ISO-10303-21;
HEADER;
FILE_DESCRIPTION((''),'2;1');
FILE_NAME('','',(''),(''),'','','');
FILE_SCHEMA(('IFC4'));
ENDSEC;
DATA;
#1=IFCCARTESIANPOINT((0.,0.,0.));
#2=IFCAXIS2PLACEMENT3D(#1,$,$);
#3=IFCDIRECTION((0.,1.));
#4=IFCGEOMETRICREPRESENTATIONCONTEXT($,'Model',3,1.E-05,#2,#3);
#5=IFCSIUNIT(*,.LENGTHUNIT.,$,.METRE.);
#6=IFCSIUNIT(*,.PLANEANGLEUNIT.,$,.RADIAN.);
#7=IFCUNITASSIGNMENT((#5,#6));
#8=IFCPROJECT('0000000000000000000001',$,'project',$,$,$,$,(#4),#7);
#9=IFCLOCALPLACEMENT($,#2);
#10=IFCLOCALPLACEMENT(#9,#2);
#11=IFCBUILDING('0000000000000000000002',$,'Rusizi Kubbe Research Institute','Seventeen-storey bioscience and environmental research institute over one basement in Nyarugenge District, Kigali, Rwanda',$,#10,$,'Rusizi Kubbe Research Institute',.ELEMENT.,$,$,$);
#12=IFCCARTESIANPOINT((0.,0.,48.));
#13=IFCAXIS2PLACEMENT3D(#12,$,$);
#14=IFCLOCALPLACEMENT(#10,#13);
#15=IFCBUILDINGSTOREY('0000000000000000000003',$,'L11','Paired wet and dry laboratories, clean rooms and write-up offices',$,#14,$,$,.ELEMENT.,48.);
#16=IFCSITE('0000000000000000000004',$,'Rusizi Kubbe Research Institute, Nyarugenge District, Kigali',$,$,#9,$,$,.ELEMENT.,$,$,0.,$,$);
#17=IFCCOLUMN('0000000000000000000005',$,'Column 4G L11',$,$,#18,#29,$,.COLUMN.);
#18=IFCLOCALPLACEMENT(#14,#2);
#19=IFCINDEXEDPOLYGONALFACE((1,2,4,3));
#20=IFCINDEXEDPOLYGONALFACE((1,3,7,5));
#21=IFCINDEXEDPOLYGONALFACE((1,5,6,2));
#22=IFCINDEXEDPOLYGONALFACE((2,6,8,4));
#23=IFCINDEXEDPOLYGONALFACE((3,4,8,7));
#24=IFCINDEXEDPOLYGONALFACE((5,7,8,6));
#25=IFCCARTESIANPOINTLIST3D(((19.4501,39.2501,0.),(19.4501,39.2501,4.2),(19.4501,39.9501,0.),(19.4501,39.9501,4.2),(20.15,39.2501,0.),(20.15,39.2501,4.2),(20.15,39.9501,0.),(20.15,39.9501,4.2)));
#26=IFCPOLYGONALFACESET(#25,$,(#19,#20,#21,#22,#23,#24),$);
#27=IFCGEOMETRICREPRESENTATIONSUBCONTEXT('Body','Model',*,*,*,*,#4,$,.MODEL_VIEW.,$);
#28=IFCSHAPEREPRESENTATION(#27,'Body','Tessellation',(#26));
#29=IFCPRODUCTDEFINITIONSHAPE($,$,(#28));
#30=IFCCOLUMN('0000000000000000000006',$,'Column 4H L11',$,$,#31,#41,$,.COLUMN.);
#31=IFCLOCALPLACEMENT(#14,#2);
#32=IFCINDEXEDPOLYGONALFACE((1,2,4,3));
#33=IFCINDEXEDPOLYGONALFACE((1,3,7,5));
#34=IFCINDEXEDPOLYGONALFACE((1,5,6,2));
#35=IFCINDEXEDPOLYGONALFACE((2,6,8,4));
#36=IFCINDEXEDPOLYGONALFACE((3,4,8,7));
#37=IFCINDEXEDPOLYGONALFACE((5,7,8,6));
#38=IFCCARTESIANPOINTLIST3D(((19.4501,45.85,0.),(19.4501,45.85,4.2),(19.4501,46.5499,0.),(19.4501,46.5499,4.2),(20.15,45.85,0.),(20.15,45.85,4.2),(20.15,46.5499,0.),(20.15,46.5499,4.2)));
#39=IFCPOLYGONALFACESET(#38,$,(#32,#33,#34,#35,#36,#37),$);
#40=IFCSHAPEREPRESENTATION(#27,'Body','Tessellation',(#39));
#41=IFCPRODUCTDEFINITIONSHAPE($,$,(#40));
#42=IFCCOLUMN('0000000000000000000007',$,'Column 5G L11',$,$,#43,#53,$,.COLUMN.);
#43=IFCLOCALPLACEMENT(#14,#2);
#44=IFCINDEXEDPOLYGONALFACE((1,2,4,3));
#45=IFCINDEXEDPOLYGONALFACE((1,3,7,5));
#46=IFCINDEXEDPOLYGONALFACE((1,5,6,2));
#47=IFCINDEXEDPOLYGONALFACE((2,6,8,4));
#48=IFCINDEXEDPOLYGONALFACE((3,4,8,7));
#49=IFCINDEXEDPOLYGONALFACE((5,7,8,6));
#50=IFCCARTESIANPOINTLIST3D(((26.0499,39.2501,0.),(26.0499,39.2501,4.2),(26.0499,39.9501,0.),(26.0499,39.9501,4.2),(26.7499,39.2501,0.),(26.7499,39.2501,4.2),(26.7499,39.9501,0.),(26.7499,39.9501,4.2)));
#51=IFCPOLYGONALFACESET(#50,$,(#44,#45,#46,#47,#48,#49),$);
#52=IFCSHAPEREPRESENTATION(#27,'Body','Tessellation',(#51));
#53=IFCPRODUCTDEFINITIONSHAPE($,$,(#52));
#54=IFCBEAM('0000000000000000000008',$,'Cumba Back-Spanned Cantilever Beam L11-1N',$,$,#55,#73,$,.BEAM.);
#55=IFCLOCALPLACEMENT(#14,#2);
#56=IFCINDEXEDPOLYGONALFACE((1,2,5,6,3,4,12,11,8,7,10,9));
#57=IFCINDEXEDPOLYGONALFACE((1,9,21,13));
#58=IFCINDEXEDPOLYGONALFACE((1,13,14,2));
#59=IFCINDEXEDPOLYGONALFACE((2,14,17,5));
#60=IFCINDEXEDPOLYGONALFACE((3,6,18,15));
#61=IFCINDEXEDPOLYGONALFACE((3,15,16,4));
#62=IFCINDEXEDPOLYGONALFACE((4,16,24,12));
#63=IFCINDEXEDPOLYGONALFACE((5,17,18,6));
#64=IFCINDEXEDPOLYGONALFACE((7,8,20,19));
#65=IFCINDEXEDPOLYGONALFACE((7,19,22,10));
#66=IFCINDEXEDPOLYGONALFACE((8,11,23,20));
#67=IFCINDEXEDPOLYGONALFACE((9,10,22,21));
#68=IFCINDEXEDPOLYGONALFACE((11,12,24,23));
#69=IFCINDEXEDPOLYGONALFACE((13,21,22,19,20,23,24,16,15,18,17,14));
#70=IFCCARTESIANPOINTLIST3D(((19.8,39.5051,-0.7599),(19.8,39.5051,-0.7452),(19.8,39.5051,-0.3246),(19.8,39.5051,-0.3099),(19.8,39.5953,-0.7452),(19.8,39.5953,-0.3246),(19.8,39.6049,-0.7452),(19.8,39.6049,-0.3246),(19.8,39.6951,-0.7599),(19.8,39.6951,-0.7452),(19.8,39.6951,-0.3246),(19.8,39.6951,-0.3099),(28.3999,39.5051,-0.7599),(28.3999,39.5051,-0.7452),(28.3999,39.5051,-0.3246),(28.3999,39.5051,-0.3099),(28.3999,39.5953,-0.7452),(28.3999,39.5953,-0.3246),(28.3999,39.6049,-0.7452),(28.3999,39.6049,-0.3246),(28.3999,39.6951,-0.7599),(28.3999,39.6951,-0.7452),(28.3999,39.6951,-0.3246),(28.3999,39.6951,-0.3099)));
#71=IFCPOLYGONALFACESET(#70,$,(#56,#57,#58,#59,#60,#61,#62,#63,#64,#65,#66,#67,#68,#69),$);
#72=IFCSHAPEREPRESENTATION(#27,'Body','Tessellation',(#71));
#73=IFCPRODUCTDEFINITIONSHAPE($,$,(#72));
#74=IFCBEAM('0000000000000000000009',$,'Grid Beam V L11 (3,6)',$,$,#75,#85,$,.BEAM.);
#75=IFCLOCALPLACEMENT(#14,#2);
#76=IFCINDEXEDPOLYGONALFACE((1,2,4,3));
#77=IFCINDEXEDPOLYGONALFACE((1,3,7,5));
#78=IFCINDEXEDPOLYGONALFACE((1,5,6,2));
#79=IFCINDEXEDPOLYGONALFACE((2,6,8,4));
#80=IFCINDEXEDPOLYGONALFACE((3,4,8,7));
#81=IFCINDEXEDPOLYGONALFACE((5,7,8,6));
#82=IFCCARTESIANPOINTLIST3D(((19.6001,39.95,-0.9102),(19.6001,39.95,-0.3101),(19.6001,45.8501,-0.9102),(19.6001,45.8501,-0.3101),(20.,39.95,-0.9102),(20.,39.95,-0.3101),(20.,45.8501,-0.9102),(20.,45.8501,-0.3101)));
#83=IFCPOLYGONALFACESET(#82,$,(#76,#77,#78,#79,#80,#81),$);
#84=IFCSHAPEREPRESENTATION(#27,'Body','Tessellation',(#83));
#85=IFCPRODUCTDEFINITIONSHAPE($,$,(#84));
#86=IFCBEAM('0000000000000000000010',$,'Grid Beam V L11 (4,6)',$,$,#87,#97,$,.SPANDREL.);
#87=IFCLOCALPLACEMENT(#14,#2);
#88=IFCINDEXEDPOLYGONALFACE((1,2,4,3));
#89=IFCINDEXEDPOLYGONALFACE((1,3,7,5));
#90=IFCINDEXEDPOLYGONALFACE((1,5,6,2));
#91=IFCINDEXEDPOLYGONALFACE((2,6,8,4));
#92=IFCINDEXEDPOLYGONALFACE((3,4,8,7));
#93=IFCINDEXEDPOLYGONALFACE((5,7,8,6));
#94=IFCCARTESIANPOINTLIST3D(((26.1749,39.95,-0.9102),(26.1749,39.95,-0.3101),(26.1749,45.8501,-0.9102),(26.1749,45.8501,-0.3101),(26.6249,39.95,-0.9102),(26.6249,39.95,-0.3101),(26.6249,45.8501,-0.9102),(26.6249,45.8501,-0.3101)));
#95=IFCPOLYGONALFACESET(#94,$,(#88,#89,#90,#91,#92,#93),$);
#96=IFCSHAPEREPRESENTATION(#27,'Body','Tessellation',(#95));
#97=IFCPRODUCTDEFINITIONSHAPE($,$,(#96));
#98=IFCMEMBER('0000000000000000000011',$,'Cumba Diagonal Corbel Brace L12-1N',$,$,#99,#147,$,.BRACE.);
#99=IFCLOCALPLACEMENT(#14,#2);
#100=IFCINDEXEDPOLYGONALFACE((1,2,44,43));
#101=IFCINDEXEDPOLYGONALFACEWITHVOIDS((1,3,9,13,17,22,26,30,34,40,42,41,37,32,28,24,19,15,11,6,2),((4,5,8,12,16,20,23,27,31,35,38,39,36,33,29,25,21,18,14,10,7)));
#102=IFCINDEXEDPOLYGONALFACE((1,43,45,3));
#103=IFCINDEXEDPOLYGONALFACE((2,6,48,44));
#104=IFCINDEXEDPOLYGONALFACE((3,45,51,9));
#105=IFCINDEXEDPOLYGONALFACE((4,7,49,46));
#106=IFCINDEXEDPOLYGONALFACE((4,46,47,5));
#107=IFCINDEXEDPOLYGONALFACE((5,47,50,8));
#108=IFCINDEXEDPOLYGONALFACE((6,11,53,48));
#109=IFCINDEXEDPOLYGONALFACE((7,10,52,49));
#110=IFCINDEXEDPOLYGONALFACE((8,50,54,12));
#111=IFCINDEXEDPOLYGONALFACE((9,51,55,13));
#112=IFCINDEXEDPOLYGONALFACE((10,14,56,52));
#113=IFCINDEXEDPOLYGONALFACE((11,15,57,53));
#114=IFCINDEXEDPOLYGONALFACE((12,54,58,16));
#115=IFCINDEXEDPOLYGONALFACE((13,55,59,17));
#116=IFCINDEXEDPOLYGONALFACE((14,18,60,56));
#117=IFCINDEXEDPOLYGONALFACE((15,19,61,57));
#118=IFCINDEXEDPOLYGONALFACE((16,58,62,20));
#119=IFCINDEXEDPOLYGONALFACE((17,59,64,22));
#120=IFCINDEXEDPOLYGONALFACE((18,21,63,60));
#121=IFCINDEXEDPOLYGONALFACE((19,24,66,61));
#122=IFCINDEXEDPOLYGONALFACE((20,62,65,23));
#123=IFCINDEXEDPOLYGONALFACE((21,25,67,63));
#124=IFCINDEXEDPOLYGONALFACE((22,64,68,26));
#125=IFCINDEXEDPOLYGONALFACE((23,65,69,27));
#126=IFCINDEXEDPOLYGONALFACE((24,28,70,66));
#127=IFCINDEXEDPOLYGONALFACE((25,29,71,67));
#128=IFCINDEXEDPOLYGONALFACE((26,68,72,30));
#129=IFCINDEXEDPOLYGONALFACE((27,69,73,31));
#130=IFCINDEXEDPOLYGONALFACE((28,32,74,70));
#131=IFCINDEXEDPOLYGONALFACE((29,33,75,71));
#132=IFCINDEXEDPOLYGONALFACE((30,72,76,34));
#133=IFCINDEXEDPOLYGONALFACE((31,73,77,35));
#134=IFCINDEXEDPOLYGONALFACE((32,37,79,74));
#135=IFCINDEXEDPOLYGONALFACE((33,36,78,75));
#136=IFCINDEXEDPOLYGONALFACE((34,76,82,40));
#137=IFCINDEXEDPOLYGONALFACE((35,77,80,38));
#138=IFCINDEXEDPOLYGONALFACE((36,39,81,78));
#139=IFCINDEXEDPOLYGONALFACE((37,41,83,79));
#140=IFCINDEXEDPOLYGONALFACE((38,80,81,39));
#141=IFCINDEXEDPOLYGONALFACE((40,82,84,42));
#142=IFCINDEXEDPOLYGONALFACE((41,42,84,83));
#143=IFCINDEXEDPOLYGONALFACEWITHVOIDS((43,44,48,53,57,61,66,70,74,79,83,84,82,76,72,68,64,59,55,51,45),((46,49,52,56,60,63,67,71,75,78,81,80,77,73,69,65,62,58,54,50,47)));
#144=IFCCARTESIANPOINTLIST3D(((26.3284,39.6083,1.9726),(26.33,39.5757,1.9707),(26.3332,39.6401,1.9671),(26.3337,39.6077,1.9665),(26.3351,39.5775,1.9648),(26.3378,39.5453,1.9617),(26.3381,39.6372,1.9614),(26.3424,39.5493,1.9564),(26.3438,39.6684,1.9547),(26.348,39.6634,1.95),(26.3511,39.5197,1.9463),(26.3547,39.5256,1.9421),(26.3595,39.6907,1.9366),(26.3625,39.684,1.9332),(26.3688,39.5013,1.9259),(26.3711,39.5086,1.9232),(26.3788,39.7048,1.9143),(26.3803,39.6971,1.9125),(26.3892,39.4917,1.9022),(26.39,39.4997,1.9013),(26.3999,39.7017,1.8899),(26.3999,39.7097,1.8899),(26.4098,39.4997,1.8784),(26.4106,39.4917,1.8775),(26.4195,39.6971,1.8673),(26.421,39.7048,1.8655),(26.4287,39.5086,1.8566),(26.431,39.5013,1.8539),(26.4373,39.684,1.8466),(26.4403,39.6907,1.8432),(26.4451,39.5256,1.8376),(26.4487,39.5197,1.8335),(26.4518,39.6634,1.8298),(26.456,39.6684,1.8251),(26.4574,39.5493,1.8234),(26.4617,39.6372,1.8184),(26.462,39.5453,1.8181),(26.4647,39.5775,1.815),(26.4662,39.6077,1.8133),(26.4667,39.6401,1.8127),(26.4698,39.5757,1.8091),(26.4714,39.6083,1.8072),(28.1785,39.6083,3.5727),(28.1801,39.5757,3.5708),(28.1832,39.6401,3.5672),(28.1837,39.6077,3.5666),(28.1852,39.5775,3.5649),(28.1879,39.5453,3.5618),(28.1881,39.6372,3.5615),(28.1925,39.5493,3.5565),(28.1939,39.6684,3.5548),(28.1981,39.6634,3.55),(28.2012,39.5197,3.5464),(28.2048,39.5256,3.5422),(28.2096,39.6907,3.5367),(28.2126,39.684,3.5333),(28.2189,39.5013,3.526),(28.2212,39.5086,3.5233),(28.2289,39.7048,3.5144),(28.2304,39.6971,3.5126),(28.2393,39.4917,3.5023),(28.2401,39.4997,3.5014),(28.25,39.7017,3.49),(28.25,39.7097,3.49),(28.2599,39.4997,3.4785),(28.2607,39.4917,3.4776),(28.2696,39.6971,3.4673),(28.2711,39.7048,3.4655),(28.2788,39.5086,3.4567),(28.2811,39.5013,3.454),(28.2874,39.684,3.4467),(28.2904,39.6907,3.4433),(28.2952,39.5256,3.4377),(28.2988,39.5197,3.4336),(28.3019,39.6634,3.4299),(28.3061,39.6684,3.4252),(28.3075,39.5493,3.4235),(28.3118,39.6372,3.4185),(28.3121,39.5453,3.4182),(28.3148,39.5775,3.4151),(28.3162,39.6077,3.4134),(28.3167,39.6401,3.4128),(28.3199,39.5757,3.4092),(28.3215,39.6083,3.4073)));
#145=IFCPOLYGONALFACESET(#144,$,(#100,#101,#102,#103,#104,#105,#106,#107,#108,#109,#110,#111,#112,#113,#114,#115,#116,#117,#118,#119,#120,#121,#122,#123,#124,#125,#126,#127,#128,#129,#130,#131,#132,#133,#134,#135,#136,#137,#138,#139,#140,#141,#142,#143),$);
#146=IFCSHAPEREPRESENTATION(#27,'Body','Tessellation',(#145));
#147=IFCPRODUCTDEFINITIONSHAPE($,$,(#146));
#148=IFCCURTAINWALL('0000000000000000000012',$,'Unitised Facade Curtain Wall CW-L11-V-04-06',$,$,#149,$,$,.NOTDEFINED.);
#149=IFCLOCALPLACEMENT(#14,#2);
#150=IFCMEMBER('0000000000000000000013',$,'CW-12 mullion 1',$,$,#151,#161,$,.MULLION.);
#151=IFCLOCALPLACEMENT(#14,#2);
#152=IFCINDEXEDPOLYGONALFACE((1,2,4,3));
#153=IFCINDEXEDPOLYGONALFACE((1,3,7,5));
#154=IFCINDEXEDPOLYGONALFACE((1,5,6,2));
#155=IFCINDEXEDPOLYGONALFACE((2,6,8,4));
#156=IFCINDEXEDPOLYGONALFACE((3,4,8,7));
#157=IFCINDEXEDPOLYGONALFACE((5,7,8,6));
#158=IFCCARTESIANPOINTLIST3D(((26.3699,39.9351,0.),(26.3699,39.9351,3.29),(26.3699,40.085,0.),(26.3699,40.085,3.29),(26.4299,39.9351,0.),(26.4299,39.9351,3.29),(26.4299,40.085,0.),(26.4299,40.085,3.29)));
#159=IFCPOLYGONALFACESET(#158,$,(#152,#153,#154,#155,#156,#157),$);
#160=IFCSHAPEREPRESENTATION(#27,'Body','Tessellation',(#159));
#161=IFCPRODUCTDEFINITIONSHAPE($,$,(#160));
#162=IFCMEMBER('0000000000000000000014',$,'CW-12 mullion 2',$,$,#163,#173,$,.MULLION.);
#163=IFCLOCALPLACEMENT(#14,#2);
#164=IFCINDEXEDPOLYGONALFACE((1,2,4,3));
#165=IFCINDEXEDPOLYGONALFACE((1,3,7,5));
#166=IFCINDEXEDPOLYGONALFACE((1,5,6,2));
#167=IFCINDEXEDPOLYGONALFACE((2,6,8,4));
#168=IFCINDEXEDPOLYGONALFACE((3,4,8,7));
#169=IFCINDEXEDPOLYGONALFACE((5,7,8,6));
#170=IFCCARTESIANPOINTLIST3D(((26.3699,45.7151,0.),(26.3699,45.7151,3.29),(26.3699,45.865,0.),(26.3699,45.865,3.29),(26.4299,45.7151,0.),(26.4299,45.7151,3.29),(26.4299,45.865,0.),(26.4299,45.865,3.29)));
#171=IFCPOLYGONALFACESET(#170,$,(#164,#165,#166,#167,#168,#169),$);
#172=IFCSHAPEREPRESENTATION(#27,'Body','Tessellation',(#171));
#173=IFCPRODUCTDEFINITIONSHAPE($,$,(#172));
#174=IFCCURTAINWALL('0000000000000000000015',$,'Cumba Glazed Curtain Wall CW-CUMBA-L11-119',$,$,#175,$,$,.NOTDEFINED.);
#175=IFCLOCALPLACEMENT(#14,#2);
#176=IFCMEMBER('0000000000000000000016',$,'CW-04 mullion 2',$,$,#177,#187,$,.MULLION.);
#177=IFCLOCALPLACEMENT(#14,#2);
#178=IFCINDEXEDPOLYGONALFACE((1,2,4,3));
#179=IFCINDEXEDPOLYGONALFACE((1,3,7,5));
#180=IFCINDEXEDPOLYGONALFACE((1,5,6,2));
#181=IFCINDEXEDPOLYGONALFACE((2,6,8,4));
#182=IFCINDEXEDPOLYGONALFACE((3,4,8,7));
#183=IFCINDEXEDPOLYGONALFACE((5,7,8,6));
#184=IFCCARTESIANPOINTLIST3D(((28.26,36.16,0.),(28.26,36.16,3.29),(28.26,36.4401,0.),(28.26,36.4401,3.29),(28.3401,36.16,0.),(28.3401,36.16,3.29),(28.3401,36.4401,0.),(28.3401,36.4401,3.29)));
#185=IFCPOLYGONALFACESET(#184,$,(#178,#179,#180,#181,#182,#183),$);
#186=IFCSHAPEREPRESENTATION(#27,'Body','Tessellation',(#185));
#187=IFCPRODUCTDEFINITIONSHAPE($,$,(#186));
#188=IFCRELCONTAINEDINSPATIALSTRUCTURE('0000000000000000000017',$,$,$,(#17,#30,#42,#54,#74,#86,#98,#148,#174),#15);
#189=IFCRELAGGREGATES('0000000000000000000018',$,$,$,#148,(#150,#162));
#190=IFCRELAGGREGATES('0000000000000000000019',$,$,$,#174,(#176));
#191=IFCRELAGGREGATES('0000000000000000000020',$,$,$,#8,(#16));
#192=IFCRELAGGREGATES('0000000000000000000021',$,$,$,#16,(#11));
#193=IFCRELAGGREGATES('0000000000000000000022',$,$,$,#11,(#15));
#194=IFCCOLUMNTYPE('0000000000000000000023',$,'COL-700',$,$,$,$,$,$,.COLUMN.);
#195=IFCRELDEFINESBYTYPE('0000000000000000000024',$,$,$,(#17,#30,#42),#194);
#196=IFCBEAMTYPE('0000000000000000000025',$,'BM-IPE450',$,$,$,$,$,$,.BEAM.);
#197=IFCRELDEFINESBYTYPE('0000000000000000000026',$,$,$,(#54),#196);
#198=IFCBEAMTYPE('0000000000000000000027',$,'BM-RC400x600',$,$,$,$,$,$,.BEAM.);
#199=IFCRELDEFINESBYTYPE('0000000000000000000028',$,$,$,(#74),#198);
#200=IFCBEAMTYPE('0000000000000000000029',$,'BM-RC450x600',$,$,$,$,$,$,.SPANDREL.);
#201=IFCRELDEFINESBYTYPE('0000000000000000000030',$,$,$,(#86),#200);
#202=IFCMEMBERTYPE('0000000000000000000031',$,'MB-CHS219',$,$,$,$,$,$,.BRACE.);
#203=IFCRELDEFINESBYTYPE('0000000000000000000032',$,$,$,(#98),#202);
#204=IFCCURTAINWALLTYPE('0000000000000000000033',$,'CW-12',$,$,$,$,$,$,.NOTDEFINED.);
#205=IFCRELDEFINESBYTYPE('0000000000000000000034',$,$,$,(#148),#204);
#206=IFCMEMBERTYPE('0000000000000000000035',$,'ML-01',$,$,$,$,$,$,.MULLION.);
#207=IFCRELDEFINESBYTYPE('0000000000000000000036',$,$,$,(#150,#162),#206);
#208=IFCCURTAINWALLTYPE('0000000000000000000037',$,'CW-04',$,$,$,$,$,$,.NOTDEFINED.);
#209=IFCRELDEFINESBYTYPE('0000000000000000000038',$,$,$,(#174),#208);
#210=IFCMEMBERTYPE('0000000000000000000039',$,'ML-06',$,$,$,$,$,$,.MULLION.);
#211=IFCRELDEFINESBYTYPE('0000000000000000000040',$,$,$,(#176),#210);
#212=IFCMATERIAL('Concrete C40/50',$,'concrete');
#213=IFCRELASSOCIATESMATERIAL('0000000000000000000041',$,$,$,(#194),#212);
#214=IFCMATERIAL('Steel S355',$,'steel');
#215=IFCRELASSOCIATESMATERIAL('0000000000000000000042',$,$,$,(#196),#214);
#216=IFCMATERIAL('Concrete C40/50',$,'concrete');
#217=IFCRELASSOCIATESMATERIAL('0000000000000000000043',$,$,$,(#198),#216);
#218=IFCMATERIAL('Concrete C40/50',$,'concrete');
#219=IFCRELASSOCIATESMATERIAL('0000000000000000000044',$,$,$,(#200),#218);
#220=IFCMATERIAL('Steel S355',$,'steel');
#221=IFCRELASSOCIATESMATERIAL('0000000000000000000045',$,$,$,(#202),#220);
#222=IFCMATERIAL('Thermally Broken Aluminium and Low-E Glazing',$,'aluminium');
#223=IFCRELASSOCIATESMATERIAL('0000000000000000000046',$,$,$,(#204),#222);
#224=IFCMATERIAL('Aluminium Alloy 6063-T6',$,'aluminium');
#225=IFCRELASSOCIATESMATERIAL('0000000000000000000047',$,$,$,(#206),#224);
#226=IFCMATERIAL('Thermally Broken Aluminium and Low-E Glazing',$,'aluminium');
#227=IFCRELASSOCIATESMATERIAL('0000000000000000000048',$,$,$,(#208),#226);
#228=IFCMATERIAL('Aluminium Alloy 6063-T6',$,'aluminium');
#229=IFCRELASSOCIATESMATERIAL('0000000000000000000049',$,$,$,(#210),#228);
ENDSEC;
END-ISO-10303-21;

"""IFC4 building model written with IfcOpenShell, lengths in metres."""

from ifc_helpers import new_model, si_unit, direction, frame, origin, origin_2d, place, context, subcontext, project, spatial, rectangle, hollow_circle, i_section, extrude, material, material_profile, profile_set, type_object, element, aggregate, save


model = new_model("IFC4")

# Units and contexts
model_context = context("Model", 3, precision=1e-05, world=origin(), true_north=direction((0.0, 1.0)))
body_context = subcontext(model_context, "Body", "Model", "MODEL_VIEW")
ifc_project = project(units=[si_unit("LENGTHUNIT", "METRE"), si_unit("PLANEANGLEUNIT", "RADIAN")], contexts=[model_context])

# Site, building, storey
site_placement = place(None, origin())
site = spatial("IfcSite", under=ifc_project, at=site_placement, Name="Rusizi Kubbe Research Institute, Nyarugenge District, Kigali", CompositionType="ELEMENT", RefElevation=0.0)
building_placement = place(site_placement, origin())
building = spatial("IfcBuilding", under=site, at=building_placement, Name="Rusizi Kubbe Research Institute", Description="Seventeen-storey bioscience and environmental research institute over one basement in Nyarugenge District, Kigali, Rwanda", LongName="Rusizi Kubbe Research Institute", CompositionType="ELEMENT")
storey_placement = place(building_placement, frame((0.0, 0.0, 48.0)))
storey = spatial("IfcBuildingStorey", under=building, at=storey_placement, Name="L11", Description="Paired wet and dry laboratories, clean rooms and write-up offices", CompositionType="ELEMENT", Elevation=48.0)

# Columns
ifc_material_1 = material(Name="Concrete C40/50", Category="concrete")
ifc_material_profile_1 = material_profile(ifc_material_1, rectangle(XDim=0.7, YDim=0.7, at=origin_2d()), Name="RC700x700")
ifc_profile_set_1 = profile_set([ifc_material_profile_1], Name="Concrete C40/50")
column_type = type_object("IfcColumnType", Name="COL-700", PredefinedType="COLUMN", material=ifc_profile_set_1)
for number, where, z_axis, x_axis, name in (
    (1, (19.8, 39.6001, 0.0), (0.0, 0.0, 1.0), (1.0, 0.0, 0.0), "Column 4G L11"),
    (2, (19.8, 46.2, 0.0), (0.0, 0.0, 1.0), (1.0, 0.0, 0.0), "Column 4H L11"),
    (3, (26.3999, 39.6001, 0.0), (0.0, 0.0, 1.0), (1.0, 0.0, 0.0), "Column 5G L11"),
):
    element("IfcColumn", number, at=place(storey_placement, frame(where, z_axis=z_axis, x_axis=x_axis)), inside=storey, type_object=column_type, Name=name, PredefinedType="COLUMN", context=body_context, shape_type="SweptSolid", body=[
        extrude(rectangle(XDim=0.7, YDim=0.7, at=origin_2d()), origin(), (0.0, 0.0, 1.0), 4.2),
    ])

# Beams
ifc_material_2 = material(Name="Steel S355", Category="steel")
ifc_material_profile_2 = material_profile(ifc_material_2, i_section(OverallWidth=0.1899, OverallDepth=0.45, WebThickness=0.0095, FlangeThickness=0.0146, at=origin_2d()), Name="IPE 450")
ifc_profile_set_2 = profile_set([ifc_material_profile_2], Name="Steel S355")
beam_type_1 = type_object("IfcBeamType", Name="BM-IPE450", PredefinedType="BEAM", material=ifc_profile_set_2)
beam_1_placement = place(storey_placement, frame((19.8, 39.6001, -0.5349), z_axis=(1.0, 0.0, 0.0), x_axis=(0.0, 1.0, 0.0)))
element("IfcBeam", 4, at=beam_1_placement, inside=storey, type_object=beam_type_1, Name="Cumba Back-Spanned Cantilever Beam L11-1N", PredefinedType="BEAM", context=body_context, shape_type="SweptSolid", body=[
    extrude(i_section(OverallWidth=0.1899, OverallDepth=0.45, WebThickness=0.0095, FlangeThickness=0.0146, at=origin_2d()), origin(), (0.0, 0.0, 1.0), 8.5999),
])
ifc_material_3 = material(Name="Concrete C40/50", Category="concrete")
ifc_material_profile_3 = material_profile(ifc_material_3, rectangle(XDim=0.3999, YDim=0.6001, at=origin_2d()), Name="RC400x600")
ifc_profile_set_3 = profile_set([ifc_material_profile_3], Name="Concrete C40/50")
beam_type_2 = type_object("IfcBeamType", Name="BM-RC400x600", PredefinedType="BEAM", material=ifc_profile_set_3)
beam_2_placement = place(storey_placement, frame((19.8, 39.95, -0.6101), z_axis=(0.0, 1.0, 0.0), x_axis=(-1.0, 0.0, 0.0)))
element("IfcBeam", 5, at=beam_2_placement, inside=storey, type_object=beam_type_2, Name="Grid Beam V L11 (3,6)", PredefinedType="BEAM", context=body_context, shape_type="SweptSolid", body=[
    extrude(rectangle(XDim=0.3999, YDim=0.6001, at=origin_2d()), origin(), (0.0, 0.0, 1.0), 5.9001),
])
ifc_material_4 = material(Name="Concrete C40/50", Category="concrete")
ifc_material_profile_4 = material_profile(ifc_material_4, rectangle(XDim=0.45, YDim=0.6001, at=origin_2d()), Name="RC450x600")
ifc_profile_set_4 = profile_set([ifc_material_profile_4], Name="Concrete C40/50")
beam_type_3 = type_object("IfcBeamType", Name="BM-RC450x600", PredefinedType="SPANDREL", material=ifc_profile_set_4)
beam_3_placement = place(storey_placement, frame((26.3999, 39.95, -0.6101), z_axis=(0.0, 1.0, 0.0), x_axis=(-1.0, 0.0, 0.0)))
element("IfcBeam", 6, at=beam_3_placement, inside=storey, type_object=beam_type_3, Name="Grid Beam V L11 (4,6)", PredefinedType="SPANDREL", context=body_context, shape_type="SweptSolid", body=[
    extrude(rectangle(XDim=0.45, YDim=0.6001, at=origin_2d()), origin(), (0.0, 0.0, 1.0), 5.9001),
])

# Member
ifc_material_5 = material(Name="Steel S355", Category="steel")
ifc_material_profile_5 = material_profile(ifc_material_5, hollow_circle(Radius=0.1096, WallThickness=0.0081, at=origin_2d()), Name="CHS 219.1x8.0")
ifc_profile_set_5 = profile_set([ifc_material_profile_5], Name="Steel S355")
member_type_1 = type_object("IfcMemberType", Name="MB-CHS219", PredefinedType="BRACE", material=ifc_profile_set_5)
member_1_placement = place(storey_placement, frame((26.3999, 39.6001, 1.8899), z_axis=(0.756361, 0.0, 0.654155), x_axis=(0.0, 1.0, 0.0)))
element("IfcMember", 7, at=member_1_placement, inside=storey, type_object=member_type_1, Name="Cumba Diagonal Corbel Brace L12-1N", PredefinedType="BRACE", context=body_context, shape_type="SweptSolid", body=[
    extrude(hollow_circle(Radius=0.1096, WallThickness=0.0081, at=origin_2d()), origin(), (0.0, 0.0, 1.0), 2.446),
])

# Curtain walls, members
ifc_material_6 = material(Name="Thermally Broken Aluminium and Low-E Glazing", Category="aluminium")
curtain_wall_type_1 = type_object("IfcCurtainWallType", Name="CW-12", PredefinedType="NOTDEFINED", material=ifc_material_6)
curtain_wall_1_placement = place(storey_placement, origin())
curtain_wall_1 = element("IfcCurtainWall", 8, at=curtain_wall_1_placement, inside=storey, type_object=curtain_wall_type_1, Name="Unitised Facade Curtain Wall CW-L11-V-04-06", PredefinedType="NOTDEFINED")
ifc_material_7 = material(Name="Aluminium Alloy 6063-T6", Category="aluminium")
ifc_material_profile_6 = material_profile(ifc_material_7, rectangle(XDim=0.0601, YDim=0.1499, at=origin_2d()), Name="ALU-M 60x150")
ifc_profile_set_6 = profile_set([ifc_material_profile_6], Name="Aluminium Alloy 6063-T6")
member_type_2 = type_object("IfcMemberType", Name="ML-01", PredefinedType="MULLION", material=ifc_profile_set_6)
member_2_placement = place(storey_placement, frame((26.3999, 40.01, 0.0), z_axis=(0.0, 0.0, 1.0), x_axis=(-1.0, 0.0, 0.0)))
member_2 = element("IfcMember", 9, at=member_2_placement, type_object=member_type_2, Name="CW-12 mullion 1", PredefinedType="MULLION", context=body_context, shape_type="SweptSolid", body=[
    extrude(rectangle(XDim=0.0601, YDim=0.1499, at=origin_2d()), origin(), (0.0, 0.0, 1.0), 3.29),
])
member_3_placement = place(storey_placement, frame((26.3999, 45.79, 0.0), z_axis=(0.0, 0.0, 1.0), x_axis=(-1.0, 0.0, 0.0)))
member_3 = element("IfcMember", 10, at=member_3_placement, type_object=member_type_2, Name="CW-12 mullion 2", PredefinedType="MULLION", context=body_context, shape_type="SweptSolid", body=[
    extrude(rectangle(XDim=0.0601, YDim=0.1499, at=origin_2d()), origin(), (0.0, 0.0, 1.0), 3.29),
])
ifc_material_8 = material(Name="Thermally Broken Aluminium and Low-E Glazing", Category="aluminium")
curtain_wall_type_2 = type_object("IfcCurtainWallType", Name="CW-04", PredefinedType="NOTDEFINED", material=ifc_material_8)
curtain_wall_2_placement = place(storey_placement, origin())
curtain_wall_2 = element("IfcCurtainWall", 11, at=curtain_wall_2_placement, inside=storey, type_object=curtain_wall_type_2, Name="Cumba Glazed Curtain Wall CW-CUMBA-L11-119", PredefinedType="NOTDEFINED")
ifc_material_9 = material(Name="Aluminium Alloy 6063-T6", Category="aluminium")
ifc_material_profile_7 = material_profile(ifc_material_9, rectangle(XDim=0.0801, YDim=0.28, at=origin_2d()), Name="ALU-M 80x280")
ifc_profile_set_7 = profile_set([ifc_material_profile_7], Name="Aluminium Alloy 6063-T6")
member_type_3 = type_object("IfcMemberType", Name="ML-06", PredefinedType="MULLION", material=ifc_profile_set_7)
member_4_placement = place(storey_placement, frame((28.3, 36.3, 0.0), z_axis=(0.0, 0.0, 1.0), x_axis=(-1.0, 0.0, 0.0)))
member_4 = element("IfcMember", 12, at=member_4_placement, type_object=member_type_3, Name="CW-04 mullion 2", PredefinedType="MULLION", context=body_context, shape_type="SweptSolid", body=[
    extrude(rectangle(XDim=0.0801, YDim=0.28, at=origin_2d()), origin(), (0.0, 0.0, 1.0), 3.29),
])

aggregate(curtain_wall_1, [member_2, member_3])
aggregate(curtain_wall_2, [member_4])

save(model, "model.ifc")
